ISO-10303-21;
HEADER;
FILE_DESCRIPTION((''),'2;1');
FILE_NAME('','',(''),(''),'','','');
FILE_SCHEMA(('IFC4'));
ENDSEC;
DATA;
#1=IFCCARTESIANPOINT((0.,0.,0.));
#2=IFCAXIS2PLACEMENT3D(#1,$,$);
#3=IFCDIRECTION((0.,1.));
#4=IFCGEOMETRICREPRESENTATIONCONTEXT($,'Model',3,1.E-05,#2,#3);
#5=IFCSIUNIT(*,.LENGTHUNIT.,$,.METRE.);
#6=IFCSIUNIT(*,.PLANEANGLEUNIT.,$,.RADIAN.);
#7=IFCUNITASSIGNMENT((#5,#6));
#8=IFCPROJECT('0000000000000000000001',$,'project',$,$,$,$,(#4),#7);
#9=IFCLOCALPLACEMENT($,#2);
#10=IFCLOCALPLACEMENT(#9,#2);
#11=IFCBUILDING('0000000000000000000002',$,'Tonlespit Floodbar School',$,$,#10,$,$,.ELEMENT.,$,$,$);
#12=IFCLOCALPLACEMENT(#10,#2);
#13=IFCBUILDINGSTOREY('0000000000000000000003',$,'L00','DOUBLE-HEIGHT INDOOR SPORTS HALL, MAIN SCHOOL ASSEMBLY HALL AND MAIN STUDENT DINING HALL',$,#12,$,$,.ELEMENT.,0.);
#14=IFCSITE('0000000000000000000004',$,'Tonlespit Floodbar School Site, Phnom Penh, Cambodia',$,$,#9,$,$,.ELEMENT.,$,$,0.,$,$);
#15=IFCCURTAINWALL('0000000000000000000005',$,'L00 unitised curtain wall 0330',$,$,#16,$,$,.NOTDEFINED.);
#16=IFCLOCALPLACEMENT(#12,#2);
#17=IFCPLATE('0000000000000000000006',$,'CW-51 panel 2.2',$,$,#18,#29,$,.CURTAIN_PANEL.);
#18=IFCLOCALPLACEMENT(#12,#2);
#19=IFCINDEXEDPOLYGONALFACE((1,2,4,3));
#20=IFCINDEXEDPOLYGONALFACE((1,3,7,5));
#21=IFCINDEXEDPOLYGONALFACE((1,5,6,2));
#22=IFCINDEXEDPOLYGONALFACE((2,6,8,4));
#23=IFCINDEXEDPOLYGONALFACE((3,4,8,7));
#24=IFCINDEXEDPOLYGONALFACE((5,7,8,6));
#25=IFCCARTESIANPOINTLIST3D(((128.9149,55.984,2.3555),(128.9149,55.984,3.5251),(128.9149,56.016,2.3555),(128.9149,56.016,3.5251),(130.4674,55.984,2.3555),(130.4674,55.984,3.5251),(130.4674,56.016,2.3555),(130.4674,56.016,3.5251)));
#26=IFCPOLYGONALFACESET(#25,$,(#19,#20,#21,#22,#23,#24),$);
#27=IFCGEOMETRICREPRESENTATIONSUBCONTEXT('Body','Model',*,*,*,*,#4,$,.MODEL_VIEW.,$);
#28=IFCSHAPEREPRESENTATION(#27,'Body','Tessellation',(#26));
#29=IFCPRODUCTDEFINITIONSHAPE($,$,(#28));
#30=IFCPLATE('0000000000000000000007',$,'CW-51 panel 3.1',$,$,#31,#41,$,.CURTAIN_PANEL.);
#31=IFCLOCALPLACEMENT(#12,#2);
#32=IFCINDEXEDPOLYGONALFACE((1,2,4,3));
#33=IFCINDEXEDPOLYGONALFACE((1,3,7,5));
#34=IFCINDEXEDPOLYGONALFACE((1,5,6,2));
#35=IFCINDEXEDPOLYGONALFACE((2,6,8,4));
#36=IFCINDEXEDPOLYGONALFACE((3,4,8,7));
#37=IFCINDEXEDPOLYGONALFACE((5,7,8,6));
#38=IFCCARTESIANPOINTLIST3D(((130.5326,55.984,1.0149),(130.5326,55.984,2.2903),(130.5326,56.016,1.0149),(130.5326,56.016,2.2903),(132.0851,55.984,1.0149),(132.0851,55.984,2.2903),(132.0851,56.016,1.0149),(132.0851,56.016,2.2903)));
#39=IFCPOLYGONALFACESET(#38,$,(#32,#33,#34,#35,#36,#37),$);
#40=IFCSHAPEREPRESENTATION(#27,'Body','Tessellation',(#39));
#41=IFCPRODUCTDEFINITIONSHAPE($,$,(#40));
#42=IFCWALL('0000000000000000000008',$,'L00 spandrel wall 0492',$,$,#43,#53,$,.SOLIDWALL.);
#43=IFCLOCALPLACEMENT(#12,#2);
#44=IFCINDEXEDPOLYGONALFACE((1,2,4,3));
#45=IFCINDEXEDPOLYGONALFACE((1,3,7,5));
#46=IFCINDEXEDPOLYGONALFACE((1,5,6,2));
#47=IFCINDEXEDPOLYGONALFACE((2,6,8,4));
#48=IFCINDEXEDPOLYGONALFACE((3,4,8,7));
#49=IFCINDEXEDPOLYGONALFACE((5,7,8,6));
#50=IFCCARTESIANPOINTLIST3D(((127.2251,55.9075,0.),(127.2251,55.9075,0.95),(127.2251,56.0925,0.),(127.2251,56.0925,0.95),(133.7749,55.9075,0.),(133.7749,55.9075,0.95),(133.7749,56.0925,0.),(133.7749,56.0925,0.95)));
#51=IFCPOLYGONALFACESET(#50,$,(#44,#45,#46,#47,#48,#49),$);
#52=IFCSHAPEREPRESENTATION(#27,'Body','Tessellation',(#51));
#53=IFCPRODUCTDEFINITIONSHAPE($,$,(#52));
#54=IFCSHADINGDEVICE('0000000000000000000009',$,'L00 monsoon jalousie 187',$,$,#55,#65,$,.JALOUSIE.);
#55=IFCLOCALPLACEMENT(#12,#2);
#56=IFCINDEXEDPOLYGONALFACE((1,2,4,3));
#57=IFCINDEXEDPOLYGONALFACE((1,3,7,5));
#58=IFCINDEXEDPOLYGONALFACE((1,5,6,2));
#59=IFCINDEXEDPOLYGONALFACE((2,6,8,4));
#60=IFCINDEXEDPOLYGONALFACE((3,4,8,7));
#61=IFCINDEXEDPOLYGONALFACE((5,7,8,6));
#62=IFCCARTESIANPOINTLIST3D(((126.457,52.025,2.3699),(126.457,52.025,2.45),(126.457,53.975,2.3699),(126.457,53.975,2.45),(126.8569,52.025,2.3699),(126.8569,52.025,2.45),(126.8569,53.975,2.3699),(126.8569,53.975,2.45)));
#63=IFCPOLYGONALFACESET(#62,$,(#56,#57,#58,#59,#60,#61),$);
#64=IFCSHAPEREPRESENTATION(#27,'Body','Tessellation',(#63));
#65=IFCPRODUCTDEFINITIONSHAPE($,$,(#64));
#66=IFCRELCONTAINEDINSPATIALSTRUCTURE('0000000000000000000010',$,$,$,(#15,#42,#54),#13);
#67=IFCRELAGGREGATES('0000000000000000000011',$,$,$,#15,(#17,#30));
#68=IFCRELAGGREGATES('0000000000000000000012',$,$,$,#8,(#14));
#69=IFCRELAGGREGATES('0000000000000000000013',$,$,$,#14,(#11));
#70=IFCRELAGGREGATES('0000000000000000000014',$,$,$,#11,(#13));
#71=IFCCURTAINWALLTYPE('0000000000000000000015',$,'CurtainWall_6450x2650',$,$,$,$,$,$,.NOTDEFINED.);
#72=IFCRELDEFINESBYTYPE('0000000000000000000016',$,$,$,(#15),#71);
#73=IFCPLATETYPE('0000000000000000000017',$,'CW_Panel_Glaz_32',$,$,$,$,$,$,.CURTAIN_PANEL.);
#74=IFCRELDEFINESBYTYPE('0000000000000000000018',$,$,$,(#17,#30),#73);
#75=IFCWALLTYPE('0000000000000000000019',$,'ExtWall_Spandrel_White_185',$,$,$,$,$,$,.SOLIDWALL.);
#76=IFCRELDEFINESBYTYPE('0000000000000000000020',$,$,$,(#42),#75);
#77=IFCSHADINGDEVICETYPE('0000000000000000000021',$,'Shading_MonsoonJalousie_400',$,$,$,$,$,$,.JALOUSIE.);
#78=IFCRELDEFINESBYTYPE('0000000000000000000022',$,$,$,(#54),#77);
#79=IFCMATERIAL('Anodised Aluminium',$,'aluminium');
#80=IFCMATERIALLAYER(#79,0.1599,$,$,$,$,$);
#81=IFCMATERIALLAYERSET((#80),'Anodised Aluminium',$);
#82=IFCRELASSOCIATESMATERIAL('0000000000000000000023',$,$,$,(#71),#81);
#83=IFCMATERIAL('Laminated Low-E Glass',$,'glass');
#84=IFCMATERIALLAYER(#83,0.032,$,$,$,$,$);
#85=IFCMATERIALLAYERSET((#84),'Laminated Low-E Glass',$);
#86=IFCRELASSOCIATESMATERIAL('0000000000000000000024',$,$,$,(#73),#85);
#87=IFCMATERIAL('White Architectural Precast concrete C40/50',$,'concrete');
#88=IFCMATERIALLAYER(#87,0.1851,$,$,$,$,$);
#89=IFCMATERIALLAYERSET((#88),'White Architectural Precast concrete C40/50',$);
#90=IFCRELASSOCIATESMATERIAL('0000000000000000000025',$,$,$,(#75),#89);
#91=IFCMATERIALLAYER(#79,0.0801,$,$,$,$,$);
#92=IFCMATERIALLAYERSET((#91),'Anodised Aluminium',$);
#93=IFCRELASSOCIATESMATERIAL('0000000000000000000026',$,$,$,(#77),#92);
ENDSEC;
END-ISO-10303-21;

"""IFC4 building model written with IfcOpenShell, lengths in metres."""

from ifc_helpers import new_model, si_unit, direction, frame, frame_2d, origin, origin_2d, place, context, subcontext, project, spatial, rectangle, extrude, material, layer, layer_set, type_object, element, aggregate, save


model = new_model("IFC4")

# Units and contexts
model_context = context("Model", 3, precision=1e-05, world=origin(), true_north=direction((0.0, 1.0)))
body_context = subcontext(model_context, "Body", "Model", "MODEL_VIEW")
ifc_project = project(units=[si_unit("LENGTHUNIT", "METRE"), si_unit("PLANEANGLEUNIT", "RADIAN")], contexts=[model_context])

# Site, building, storey
site_placement = place(None, origin())
site = spatial("IfcSite", under=ifc_project, at=site_placement, Name="Tonlespit Floodbar School Site, Phnom Penh, Cambodia", CompositionType="ELEMENT", RefElevation=0.0)
building_placement = place(site_placement, origin())
building = spatial("IfcBuilding", under=site, at=building_placement, Name="Tonlespit Floodbar School", CompositionType="ELEMENT")
storey_placement = place(building_placement, origin())
storey = spatial("IfcBuildingStorey", under=building, at=storey_placement, Name="L00", Description="DOUBLE-HEIGHT INDOOR SPORTS HALL, MAIN SCHOOL ASSEMBLY HALL AND MAIN STUDENT DINING HALL", CompositionType="ELEMENT", Elevation=0.0)

# Curtain wall
ifc_material_1 = material(Name="Anodised Aluminium", Category="aluminium")
ifc_layer_1 = layer(ifc_material_1, 0.1599)
ifc_layer_set_1 = layer_set([ifc_layer_1], Name="Anodised Aluminium")
curtain_wall_type = type_object("IfcCurtainWallType", Name="CurtainWall_6450x2650", PredefinedType="NOTDEFINED", material=ifc_layer_set_1)
curtain_wall_placement = place(storey_placement, origin())
curtain_wall = element("IfcCurtainWall", 1, at=curtain_wall_placement, inside=storey, type_object=curtain_wall_type, Name="L00 unitised curtain wall 0330", PredefinedType="NOTDEFINED")

# Plates
ifc_material_2 = material(Name="Laminated Low-E Glass", Category="glass")
ifc_layer_2 = layer(ifc_material_2, 0.032)
ifc_layer_set_2 = layer_set([ifc_layer_2], Name="Laminated Low-E Glass")
plate_type = type_object("IfcPlateType", Name="CW_Panel_Glaz_32", PredefinedType="CURTAIN_PANEL", material=ifc_layer_set_2)
plate_1_placement = place(storey_placement, frame((129.6912, 56.0, 2.3555), z_axis=(0.0, 0.0, 1.0), x_axis=(1.0, 0.0, 0.0)))
plate_1 = element("IfcPlate", 2, at=plate_1_placement, type_object=plate_type, Name="CW-51 panel 2.2", PredefinedType="CURTAIN_PANEL", context=body_context, shape_type="SweptSolid", body=[
    extrude(rectangle(XDim=1.5525, YDim=0.032, at=origin_2d()), origin(), (0.0, 0.0, 1.0), 1.1697),
])
plate_2_placement = place(storey_placement, frame((131.3088, 56.0, 1.0149), z_axis=(0.0, 0.0, 1.0), x_axis=(1.0, 0.0, 0.0)))
plate_2 = element("IfcPlate", 3, at=plate_2_placement, type_object=plate_type, Name="CW-51 panel 3.1", PredefinedType="CURTAIN_PANEL", context=body_context, shape_type="SweptSolid", body=[
    extrude(rectangle(XDim=1.5525, YDim=0.032, at=origin_2d()), origin(), (0.0, 0.0, 1.0), 1.2754),
])
aggregate(curtain_wall, [plate_1, plate_2])

# Wall
ifc_material_3 = material(Name="White Architectural Precast concrete C40/50", Category="concrete")
ifc_layer_3 = layer(ifc_material_3, 0.1851)
ifc_layer_set_3 = layer_set([ifc_layer_3], Name="White Architectural Precast concrete C40/50")
wall_type = type_object("IfcWallType", Name="ExtWall_Spandrel_White_185", PredefinedType="SOLIDWALL", material=ifc_layer_set_3)
wall_placement = place(storey_placement, frame((127.2251, 56.0, 0.0), z_axis=(0.0, 0.0, 1.0), x_axis=(1.0, 0.0, 0.0)))
element("IfcWall", 4, at=wall_placement, inside=storey, type_object=wall_type, Name="L00 spandrel wall 0492", PredefinedType="SOLIDWALL", context=body_context, shape_type="SweptSolid", body=[
    extrude(rectangle(XDim=6.5498, YDim=0.1851, at=frame_2d((3.2749, 0.0))), origin(), (0.0, 0.0, 1.0), 0.95),
])

# Shading device
ifc_layer_4 = layer(ifc_material_1, 0.0801)
ifc_layer_set_4 = layer_set([ifc_layer_4], Name="Anodised Aluminium")
shading_device_type = type_object("IfcShadingDeviceType", Name="Shading_MonsoonJalousie_400", PredefinedType="JALOUSIE", material=ifc_layer_set_4)
shading_device_placement = place(storey_placement, frame((126.657, 53.0, 2.3699), z_axis=(0.0, 0.0, 1.0), x_axis=(0.0, 1.0, 0.0)))
element("IfcShadingDevice", 5, at=shading_device_placement, inside=storey, type_object=shading_device_type, Name="L00 monsoon jalousie 187", PredefinedType="JALOUSIE", context=body_context, shape_type="SweptSolid", body=[
    extrude(rectangle(XDim=1.95, YDim=0.3999, at=origin_2d()), origin(), (0.0, 0.0, 1.0), 0.0801),
])

save(model, "model.ifc")
